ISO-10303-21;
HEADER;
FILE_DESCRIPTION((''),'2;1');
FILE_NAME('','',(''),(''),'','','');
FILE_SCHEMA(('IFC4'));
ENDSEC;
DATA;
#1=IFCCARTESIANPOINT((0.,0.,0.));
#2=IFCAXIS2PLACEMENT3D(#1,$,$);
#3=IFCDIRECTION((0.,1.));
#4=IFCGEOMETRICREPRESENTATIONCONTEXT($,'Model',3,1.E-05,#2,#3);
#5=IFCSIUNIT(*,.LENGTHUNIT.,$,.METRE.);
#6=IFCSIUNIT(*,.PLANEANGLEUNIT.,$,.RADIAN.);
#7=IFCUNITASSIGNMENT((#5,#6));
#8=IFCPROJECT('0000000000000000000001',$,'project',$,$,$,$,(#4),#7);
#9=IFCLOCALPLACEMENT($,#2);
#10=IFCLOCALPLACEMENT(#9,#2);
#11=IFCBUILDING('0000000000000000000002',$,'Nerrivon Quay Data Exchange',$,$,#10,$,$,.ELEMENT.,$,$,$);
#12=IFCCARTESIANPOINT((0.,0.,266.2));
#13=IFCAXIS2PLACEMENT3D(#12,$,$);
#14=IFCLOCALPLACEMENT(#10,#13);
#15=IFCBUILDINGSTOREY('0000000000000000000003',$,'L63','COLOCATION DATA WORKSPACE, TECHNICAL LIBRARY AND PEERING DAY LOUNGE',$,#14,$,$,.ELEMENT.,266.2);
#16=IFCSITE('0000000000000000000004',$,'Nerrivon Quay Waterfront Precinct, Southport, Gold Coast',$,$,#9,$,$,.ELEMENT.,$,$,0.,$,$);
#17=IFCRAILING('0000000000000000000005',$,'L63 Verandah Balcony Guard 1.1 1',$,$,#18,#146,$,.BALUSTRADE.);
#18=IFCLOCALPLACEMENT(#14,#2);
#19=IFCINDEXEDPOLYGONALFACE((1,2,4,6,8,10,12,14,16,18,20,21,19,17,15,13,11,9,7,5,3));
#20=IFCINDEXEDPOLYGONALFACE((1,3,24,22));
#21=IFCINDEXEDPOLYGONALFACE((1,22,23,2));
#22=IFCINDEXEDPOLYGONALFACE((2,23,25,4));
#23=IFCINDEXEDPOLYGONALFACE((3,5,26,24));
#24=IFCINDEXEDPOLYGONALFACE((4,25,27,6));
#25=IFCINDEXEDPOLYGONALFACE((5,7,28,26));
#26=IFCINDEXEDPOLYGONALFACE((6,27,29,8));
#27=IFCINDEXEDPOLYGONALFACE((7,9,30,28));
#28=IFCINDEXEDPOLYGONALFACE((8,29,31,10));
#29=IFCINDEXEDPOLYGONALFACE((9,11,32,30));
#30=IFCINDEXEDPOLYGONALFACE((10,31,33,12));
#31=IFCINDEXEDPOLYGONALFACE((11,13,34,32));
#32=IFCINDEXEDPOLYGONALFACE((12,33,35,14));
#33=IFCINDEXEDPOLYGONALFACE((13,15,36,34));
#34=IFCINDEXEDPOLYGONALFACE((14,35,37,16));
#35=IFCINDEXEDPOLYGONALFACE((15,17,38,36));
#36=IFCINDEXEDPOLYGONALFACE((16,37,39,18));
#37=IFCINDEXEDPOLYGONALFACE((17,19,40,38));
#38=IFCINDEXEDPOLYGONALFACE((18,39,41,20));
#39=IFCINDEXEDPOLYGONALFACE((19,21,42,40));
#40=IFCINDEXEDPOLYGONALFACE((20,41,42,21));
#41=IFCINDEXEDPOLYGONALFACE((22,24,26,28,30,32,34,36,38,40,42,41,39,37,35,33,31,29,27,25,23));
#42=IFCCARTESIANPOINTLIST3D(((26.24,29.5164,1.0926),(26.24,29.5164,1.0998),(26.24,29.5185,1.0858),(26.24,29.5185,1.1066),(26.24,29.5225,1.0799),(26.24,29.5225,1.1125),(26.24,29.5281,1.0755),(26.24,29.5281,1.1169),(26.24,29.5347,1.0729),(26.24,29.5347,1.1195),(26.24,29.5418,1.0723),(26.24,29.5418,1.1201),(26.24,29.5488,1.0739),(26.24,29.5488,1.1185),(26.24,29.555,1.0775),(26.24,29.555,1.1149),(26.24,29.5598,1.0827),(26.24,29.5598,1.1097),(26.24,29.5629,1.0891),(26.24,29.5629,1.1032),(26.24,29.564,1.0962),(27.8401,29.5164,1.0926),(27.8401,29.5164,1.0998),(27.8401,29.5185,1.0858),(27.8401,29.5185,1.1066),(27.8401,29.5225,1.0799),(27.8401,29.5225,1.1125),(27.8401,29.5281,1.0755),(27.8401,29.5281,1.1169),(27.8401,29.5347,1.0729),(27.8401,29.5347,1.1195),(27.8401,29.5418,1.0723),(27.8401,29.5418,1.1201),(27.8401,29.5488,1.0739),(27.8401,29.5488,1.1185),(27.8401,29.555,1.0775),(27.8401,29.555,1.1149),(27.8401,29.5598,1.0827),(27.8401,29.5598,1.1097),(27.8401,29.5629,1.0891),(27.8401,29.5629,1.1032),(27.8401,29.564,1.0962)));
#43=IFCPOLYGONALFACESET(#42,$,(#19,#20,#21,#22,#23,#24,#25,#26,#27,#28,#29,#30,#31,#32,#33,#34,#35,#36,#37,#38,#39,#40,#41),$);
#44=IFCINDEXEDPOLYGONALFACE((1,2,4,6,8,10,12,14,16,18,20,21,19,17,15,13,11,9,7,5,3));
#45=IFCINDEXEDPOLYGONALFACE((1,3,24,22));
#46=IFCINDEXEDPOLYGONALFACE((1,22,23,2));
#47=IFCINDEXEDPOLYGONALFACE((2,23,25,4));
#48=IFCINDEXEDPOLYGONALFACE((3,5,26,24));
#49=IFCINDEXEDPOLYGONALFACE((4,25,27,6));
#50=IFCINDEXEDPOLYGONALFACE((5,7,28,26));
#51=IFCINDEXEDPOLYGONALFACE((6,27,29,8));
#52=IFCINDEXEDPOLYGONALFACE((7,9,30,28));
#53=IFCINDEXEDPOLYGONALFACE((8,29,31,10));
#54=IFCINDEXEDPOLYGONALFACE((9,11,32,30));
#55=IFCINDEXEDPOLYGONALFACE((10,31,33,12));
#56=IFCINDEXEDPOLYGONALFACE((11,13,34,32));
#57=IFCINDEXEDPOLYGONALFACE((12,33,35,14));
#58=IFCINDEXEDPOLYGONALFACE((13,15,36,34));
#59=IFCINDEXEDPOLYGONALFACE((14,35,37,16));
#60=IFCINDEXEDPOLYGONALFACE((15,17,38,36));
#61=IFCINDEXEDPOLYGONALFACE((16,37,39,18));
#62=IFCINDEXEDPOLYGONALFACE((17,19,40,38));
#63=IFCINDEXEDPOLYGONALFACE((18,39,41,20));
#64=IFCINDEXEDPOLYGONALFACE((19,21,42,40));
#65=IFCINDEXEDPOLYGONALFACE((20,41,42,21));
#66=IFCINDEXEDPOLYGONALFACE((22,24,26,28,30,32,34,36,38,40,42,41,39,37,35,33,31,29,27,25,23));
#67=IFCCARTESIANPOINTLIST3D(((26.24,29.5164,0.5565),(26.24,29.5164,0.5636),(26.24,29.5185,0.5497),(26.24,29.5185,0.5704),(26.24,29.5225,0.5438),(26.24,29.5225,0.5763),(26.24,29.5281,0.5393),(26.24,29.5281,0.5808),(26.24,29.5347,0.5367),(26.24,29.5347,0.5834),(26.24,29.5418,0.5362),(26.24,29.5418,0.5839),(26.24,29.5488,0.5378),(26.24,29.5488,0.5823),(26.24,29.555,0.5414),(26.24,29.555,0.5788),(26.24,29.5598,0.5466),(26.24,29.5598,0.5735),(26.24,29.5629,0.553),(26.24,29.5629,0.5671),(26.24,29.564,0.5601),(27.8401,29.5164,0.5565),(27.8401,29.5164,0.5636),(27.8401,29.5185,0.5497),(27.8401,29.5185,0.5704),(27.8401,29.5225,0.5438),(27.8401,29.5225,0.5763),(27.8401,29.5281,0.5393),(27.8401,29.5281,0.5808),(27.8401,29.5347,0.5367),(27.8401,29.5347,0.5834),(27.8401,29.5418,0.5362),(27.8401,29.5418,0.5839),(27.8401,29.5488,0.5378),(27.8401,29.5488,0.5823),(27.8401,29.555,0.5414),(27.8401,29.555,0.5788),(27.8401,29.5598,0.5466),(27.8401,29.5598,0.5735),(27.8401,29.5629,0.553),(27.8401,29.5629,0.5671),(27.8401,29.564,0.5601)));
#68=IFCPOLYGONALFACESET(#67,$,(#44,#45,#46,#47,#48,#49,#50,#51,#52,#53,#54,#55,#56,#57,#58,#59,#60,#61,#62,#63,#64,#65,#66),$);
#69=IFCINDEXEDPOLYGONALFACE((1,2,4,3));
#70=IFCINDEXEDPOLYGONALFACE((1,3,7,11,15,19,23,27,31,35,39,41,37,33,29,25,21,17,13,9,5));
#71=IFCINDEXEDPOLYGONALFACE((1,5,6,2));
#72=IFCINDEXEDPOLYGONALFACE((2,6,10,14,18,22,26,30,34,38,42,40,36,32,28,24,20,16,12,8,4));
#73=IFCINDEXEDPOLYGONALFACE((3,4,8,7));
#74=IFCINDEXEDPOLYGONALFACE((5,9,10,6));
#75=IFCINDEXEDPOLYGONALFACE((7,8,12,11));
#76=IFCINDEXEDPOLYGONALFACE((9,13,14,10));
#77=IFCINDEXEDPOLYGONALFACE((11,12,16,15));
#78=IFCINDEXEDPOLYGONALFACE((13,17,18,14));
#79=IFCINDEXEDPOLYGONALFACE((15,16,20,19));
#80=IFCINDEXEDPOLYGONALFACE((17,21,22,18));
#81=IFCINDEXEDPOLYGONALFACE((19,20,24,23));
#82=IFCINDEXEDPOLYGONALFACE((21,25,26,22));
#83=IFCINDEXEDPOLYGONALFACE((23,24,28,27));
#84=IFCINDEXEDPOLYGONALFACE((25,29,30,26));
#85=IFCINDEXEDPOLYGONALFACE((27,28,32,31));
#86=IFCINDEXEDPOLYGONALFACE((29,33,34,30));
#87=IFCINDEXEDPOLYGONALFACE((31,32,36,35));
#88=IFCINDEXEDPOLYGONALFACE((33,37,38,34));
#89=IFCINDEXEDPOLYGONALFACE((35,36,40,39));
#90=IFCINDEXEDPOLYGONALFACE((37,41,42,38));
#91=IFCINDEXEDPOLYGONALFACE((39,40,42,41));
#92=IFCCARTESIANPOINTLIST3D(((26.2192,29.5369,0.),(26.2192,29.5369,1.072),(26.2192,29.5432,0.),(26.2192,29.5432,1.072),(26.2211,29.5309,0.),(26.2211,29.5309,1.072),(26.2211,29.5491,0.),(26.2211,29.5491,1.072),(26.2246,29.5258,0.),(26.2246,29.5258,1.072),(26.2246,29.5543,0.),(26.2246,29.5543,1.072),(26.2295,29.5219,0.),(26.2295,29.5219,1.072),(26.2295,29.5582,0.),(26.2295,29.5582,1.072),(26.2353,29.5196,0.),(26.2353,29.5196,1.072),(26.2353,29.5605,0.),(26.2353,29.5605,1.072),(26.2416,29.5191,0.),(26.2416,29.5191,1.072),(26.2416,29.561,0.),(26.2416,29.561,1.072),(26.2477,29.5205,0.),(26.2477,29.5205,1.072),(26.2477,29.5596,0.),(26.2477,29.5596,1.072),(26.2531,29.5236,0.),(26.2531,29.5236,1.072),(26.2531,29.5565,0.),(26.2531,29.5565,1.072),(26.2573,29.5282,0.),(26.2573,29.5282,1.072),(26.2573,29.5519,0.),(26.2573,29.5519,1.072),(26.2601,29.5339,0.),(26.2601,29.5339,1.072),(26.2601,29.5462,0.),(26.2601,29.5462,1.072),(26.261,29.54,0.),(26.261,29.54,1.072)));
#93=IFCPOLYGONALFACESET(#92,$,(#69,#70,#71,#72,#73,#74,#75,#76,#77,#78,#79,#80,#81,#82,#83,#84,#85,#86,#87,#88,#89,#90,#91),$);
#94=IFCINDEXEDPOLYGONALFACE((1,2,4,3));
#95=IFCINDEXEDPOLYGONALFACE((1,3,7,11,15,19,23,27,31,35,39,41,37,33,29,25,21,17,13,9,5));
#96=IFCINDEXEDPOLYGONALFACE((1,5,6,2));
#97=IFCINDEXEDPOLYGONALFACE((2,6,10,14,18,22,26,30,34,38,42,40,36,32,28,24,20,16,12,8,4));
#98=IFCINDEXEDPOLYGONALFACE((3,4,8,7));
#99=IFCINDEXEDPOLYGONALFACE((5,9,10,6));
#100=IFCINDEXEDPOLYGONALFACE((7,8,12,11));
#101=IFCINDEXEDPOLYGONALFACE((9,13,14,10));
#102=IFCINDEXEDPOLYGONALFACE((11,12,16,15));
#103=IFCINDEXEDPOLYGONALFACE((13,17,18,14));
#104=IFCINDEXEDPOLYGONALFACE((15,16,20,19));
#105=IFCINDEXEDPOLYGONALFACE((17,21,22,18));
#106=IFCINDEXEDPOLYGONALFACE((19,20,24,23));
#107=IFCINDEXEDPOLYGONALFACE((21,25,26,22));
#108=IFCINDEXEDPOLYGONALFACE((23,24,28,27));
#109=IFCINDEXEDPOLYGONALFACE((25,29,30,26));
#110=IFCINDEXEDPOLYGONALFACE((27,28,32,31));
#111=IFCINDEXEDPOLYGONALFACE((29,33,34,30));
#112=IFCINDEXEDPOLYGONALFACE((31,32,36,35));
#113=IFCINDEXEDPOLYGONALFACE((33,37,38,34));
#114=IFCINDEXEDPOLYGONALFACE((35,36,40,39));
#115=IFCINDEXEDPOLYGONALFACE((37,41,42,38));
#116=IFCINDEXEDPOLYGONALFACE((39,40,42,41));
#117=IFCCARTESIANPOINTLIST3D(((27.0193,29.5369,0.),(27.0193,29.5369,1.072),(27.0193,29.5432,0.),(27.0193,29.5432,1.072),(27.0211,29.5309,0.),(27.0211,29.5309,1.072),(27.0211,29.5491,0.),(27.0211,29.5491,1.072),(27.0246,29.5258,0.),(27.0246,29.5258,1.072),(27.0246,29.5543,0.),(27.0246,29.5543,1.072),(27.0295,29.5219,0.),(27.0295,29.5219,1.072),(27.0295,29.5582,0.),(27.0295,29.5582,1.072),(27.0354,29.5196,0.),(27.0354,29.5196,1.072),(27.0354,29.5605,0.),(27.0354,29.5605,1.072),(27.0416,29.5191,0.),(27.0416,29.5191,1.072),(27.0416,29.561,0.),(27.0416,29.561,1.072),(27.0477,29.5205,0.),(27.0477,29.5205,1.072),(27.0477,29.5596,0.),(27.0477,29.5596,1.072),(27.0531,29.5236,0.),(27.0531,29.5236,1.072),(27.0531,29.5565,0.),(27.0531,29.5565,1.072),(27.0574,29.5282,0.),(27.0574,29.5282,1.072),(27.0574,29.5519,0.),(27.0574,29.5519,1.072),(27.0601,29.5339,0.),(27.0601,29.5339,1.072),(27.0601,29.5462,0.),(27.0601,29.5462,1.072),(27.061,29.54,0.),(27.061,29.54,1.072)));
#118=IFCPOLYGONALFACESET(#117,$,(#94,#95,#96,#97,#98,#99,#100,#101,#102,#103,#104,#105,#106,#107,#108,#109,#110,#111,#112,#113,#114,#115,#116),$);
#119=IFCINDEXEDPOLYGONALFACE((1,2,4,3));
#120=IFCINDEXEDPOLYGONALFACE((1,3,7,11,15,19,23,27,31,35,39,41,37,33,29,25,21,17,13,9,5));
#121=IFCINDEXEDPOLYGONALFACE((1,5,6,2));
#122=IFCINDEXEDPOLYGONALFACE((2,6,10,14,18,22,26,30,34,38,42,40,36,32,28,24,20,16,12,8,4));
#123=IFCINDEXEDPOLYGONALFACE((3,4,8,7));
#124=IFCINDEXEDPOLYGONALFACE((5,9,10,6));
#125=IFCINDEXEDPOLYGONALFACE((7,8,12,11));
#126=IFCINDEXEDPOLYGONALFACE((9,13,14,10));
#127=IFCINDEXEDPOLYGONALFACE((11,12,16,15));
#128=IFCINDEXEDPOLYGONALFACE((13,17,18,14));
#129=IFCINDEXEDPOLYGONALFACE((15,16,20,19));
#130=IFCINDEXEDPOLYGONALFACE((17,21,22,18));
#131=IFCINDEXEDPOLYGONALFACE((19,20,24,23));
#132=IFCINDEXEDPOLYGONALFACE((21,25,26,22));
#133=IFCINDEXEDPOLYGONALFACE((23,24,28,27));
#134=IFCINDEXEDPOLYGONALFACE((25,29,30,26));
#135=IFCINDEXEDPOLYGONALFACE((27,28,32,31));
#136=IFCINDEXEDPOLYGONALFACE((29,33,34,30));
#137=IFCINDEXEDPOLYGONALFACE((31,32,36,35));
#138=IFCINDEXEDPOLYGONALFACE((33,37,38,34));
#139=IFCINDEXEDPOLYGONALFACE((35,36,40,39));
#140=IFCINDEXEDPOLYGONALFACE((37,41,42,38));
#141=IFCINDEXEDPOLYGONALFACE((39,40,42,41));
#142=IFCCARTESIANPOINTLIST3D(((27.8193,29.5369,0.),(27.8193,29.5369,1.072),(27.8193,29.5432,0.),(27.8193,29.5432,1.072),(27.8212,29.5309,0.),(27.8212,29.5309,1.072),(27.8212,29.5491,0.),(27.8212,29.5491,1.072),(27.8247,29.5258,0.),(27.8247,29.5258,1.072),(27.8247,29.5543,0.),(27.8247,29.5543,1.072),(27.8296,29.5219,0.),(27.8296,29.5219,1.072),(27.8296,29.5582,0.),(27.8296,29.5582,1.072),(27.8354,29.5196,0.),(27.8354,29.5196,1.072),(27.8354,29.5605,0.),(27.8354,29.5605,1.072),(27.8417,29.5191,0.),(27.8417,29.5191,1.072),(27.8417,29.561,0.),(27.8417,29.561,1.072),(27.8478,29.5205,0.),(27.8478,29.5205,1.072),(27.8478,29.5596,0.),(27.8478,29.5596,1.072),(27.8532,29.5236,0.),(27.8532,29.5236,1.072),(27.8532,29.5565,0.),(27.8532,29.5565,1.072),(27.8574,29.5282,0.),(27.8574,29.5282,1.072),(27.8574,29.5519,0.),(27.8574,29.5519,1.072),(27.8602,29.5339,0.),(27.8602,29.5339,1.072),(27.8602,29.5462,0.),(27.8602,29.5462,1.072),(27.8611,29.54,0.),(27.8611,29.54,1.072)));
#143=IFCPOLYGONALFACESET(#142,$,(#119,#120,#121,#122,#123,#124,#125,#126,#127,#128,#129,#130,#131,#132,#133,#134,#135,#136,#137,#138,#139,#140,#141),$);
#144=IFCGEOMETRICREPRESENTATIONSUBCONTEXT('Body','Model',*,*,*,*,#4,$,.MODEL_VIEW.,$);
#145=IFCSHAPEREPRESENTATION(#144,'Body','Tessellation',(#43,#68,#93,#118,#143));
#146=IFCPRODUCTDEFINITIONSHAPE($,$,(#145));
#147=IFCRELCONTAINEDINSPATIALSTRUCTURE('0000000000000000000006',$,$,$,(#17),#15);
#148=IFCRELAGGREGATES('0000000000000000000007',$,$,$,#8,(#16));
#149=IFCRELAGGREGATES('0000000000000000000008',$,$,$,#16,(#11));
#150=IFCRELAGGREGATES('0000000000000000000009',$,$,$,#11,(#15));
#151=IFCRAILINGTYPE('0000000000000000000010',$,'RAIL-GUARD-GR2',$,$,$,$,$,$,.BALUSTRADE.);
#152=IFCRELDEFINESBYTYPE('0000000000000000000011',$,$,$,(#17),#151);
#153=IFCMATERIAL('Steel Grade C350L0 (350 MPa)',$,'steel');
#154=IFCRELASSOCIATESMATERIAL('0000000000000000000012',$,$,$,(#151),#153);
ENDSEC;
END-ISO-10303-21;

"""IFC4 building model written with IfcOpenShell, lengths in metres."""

from ifc_helpers import new_model, si_unit, direction, frame, origin, origin_2d, place, context, subcontext, project, spatial, circle, extrude, material, type_object, element, save


model = new_model("IFC4")

# Units and contexts
model_context = context("Model", 3, precision=1e-05, world=origin(), true_north=direction((0.0, 1.0)))
body_context = subcontext(model_context, "Body", "Model", "MODEL_VIEW")
ifc_project = project(units=[si_unit("LENGTHUNIT", "METRE"), si_unit("PLANEANGLEUNIT", "RADIAN")], contexts=[model_context])

# Site, building, storey
site_placement = place(None, origin())
site = spatial("IfcSite", under=ifc_project, at=site_placement, Name="Nerrivon Quay Waterfront Precinct, Southport, Gold Coast", CompositionType="ELEMENT", RefElevation=0.0)
building_placement = place(site_placement, origin())
building = spatial("IfcBuilding", under=site, at=building_placement, Name="Nerrivon Quay Data Exchange", CompositionType="ELEMENT")
storey_placement = place(building_placement, frame((0.0, 0.0, 266.2)))
storey = spatial("IfcBuildingStorey", under=building, at=storey_placement, Name="L63", Description="COLOCATION DATA WORKSPACE, TECHNICAL LIBRARY AND PEERING DAY LOUNGE", CompositionType="ELEMENT", Elevation=266.2)

# Shared definitions
ifc_material_1 = material(Name="Steel Grade C350L0 (350 MPa)", Category="steel")

# Railing
railing_type = type_object("IfcRailingType", Name="RAIL-GUARD-GR2", PredefinedType="BALUSTRADE", material=ifc_material_1)
railing_1_placement = place(storey_placement, frame((26.24, 29.54, 0.0)))
element("IfcRailing", 1, at=railing_1_placement, inside=storey, type_object=railing_type, Name="L63 Verandah Balcony Guard 1.1 1", PredefinedType="BALUSTRADE", context=body_context, shape_type="SweptSolid", body=[
    extrude(circle(Radius=0.0239, at=origin_2d()), frame((0.0, 0.0, 1.0962), z_axis=(1.0, 0.0, 0.0), x_axis=(0.0, 1.0, 0.0)), (0.0, 0.0, 1.0), 1.6001),
    extrude(circle(Radius=0.0239, at=origin_2d()), frame((0.0, 0.0, 0.5601), z_axis=(1.0, 0.0, 0.0), x_axis=(0.0, 1.0, 0.0)), (0.0, 0.0, 1.0), 1.6001),
    extrude(circle(Radius=0.021, at=origin_2d()), origin(), (0.0, 0.0, 1.0), 1.072),
    extrude(circle(Radius=0.021, at=origin_2d()), frame((0.8, 0.0, 0.0)), (0.0, 0.0, 1.0), 1.072),
    extrude(circle(Radius=0.021, at=origin_2d()), frame((1.6001, 0.0, 0.0)), (0.0, 0.0, 1.0), 1.072),
])

save(model, "model.ifc")
